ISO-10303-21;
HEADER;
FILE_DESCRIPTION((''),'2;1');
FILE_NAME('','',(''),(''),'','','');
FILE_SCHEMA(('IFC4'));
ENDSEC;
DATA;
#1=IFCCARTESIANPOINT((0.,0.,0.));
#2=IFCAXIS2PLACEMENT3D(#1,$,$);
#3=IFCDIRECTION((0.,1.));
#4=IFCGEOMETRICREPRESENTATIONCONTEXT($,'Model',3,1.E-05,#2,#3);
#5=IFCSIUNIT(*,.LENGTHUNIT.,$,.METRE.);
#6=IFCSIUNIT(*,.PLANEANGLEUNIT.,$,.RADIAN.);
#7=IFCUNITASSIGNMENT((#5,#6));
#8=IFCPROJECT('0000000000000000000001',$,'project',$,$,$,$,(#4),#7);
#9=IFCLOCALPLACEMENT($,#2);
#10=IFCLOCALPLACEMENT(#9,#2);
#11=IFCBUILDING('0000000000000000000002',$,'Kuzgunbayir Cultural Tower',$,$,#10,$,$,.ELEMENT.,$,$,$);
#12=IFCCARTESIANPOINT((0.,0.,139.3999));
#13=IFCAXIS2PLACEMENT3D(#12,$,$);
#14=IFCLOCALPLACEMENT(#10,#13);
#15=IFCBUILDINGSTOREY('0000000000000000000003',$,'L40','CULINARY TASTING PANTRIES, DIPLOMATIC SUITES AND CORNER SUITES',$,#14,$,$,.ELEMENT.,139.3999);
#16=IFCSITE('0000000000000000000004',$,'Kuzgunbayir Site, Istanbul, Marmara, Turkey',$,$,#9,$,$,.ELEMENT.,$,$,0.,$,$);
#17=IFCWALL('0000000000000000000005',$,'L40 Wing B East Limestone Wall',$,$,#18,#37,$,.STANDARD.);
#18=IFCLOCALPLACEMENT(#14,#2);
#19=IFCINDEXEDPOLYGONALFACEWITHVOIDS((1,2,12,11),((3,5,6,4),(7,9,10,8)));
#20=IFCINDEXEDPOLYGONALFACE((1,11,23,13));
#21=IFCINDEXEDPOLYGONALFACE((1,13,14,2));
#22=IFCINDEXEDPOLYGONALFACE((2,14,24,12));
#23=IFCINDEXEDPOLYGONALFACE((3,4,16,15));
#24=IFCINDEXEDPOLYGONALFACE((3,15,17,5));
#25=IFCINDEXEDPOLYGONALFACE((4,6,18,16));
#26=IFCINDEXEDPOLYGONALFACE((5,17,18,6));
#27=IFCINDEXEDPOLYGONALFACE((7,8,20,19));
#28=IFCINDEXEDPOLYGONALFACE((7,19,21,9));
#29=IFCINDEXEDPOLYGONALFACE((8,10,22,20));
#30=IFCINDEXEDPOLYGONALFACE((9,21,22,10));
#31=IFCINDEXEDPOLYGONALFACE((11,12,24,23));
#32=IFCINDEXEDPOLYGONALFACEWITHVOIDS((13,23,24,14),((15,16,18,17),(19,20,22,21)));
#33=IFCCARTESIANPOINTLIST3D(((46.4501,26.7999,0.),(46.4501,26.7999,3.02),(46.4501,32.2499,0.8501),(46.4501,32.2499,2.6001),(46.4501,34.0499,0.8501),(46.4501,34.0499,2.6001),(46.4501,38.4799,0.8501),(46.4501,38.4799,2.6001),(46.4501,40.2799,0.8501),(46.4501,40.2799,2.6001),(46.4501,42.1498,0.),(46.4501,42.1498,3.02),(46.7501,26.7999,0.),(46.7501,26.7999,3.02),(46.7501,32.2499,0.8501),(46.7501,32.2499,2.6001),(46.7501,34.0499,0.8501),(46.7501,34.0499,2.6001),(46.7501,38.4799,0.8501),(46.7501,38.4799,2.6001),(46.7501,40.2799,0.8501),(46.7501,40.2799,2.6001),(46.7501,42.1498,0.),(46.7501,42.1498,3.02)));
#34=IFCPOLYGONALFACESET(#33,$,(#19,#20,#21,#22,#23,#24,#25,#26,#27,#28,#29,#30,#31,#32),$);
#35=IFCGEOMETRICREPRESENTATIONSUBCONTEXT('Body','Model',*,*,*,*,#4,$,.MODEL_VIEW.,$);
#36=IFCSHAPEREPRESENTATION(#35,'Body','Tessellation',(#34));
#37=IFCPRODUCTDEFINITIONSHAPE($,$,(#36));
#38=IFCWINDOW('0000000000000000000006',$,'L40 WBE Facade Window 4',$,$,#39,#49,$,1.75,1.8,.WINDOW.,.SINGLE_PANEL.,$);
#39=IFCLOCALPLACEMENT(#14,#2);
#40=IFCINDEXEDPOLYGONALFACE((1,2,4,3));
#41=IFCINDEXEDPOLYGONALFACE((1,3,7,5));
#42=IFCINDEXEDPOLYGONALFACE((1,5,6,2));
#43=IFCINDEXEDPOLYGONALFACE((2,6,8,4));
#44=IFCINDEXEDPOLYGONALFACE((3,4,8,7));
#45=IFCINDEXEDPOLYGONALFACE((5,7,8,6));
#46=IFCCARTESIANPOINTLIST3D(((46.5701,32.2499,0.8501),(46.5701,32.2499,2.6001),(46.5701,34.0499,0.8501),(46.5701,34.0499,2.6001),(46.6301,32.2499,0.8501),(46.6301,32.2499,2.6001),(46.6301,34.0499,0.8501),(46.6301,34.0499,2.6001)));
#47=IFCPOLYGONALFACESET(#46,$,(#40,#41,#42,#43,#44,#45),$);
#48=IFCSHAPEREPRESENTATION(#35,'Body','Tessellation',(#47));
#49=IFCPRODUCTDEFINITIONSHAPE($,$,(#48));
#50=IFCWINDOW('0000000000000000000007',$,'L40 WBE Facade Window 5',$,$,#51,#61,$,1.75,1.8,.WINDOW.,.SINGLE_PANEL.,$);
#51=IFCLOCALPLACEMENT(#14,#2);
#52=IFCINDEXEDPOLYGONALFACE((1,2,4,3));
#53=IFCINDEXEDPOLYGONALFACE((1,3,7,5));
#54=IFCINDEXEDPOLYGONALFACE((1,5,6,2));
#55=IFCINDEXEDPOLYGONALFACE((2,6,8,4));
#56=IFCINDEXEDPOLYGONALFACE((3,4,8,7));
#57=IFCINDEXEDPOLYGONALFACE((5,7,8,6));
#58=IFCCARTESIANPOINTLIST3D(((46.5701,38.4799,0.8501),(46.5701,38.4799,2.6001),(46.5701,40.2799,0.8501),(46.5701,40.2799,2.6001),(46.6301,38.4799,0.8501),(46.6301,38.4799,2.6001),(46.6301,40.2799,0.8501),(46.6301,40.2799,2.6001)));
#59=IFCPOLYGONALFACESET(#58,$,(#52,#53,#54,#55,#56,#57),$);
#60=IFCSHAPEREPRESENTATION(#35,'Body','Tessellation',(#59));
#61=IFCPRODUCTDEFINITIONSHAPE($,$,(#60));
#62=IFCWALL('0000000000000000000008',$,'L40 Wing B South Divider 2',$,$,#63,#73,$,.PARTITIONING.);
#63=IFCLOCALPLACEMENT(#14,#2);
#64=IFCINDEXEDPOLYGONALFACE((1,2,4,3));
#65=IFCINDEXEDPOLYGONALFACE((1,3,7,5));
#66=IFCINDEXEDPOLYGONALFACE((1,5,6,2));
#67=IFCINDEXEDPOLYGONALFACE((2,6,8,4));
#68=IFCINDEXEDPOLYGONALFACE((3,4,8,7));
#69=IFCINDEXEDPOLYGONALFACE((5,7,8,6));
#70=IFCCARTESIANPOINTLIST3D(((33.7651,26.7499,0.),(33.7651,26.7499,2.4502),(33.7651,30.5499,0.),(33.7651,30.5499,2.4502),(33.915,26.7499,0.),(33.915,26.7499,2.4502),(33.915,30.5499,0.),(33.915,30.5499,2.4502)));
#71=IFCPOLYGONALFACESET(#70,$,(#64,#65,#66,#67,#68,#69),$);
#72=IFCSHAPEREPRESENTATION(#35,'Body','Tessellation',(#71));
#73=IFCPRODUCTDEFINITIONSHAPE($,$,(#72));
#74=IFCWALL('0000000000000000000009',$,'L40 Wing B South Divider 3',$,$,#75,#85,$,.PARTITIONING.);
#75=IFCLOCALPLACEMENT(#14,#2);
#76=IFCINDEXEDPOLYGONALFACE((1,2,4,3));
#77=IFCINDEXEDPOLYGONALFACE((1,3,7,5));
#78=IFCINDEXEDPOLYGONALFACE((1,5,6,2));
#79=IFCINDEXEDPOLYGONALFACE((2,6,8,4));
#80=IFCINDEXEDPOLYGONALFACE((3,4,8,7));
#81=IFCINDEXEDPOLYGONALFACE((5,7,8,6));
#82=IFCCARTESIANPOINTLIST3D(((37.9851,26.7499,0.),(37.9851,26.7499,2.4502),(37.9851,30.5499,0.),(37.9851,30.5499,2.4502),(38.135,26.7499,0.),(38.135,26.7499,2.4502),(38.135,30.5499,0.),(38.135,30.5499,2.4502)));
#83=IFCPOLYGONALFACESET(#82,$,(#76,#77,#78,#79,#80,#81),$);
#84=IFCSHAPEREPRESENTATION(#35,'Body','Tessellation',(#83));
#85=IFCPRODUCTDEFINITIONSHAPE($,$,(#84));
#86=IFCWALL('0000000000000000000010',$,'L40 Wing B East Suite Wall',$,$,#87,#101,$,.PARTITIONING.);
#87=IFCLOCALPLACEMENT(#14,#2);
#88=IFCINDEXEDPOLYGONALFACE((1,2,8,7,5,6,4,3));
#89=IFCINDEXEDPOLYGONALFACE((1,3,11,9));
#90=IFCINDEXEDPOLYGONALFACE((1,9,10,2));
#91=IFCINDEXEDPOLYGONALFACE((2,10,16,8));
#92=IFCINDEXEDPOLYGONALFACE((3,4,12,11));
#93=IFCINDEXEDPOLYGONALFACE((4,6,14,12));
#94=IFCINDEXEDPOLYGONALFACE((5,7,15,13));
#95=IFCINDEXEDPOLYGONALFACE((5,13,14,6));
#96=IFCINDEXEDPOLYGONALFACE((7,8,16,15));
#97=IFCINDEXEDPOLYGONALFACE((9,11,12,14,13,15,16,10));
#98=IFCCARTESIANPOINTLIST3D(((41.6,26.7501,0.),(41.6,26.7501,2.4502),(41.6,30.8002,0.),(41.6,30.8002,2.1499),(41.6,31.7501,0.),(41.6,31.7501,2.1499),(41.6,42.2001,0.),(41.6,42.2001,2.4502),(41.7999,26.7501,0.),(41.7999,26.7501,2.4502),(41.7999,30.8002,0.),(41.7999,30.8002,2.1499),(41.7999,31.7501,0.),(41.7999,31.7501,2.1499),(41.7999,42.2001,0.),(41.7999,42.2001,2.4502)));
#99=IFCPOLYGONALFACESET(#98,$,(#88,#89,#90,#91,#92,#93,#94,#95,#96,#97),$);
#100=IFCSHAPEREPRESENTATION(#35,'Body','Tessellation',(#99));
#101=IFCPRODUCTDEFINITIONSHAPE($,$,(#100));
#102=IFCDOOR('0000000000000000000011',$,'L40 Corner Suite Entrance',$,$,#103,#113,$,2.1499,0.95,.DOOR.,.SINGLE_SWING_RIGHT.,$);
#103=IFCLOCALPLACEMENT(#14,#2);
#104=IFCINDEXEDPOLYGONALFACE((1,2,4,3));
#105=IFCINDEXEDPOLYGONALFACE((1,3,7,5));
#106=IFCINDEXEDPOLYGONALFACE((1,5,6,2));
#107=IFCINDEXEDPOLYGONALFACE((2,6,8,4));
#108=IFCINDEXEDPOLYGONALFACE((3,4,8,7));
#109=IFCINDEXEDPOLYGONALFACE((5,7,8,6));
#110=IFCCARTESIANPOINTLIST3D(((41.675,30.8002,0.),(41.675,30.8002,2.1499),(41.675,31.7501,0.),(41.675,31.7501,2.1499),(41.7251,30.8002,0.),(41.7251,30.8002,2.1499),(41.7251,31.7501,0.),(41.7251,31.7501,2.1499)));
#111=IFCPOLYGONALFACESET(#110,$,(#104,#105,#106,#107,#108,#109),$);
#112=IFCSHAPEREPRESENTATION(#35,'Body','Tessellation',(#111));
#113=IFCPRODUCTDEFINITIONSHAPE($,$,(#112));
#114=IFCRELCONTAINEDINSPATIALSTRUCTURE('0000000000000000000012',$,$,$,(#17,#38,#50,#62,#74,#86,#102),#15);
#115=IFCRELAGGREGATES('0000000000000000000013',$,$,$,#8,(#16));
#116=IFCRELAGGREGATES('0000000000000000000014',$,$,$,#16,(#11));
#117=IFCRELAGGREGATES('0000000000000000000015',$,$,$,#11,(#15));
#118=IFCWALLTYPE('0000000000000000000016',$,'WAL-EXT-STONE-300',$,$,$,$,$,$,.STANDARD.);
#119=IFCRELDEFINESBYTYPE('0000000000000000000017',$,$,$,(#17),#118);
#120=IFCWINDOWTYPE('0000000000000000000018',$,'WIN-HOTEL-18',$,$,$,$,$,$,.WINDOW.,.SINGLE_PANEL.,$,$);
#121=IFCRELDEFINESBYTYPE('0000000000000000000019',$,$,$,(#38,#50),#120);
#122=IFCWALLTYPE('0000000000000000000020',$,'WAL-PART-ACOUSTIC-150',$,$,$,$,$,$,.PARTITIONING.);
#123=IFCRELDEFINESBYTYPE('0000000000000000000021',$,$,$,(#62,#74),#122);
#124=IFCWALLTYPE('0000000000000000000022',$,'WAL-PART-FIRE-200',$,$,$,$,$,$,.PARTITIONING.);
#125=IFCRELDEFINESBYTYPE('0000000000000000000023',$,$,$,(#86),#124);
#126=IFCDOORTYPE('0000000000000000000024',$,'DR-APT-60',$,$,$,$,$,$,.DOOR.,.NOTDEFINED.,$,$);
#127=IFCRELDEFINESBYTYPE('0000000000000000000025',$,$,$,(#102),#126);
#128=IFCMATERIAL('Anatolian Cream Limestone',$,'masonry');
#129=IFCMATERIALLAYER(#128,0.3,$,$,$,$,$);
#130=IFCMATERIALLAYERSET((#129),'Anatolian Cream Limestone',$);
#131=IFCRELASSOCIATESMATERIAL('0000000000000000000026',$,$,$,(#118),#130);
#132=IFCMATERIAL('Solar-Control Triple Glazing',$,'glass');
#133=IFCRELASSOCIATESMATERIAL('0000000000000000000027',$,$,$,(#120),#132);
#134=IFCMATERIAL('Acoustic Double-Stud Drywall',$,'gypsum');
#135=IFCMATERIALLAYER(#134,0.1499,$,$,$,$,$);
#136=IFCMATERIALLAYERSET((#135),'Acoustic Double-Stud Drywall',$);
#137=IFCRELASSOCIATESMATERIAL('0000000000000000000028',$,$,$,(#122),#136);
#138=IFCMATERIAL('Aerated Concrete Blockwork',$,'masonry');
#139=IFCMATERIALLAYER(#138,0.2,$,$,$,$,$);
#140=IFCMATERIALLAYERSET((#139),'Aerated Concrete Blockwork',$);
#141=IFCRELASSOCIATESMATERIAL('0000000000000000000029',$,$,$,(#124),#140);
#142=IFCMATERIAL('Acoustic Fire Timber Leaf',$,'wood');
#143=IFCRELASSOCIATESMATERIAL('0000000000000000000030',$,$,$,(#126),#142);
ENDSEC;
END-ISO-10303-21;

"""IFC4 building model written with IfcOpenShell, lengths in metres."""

from ifc_helpers import new_model, si_unit, direction, frame, frame_2d, origin, place, context, subcontext, project, spatial, rectangle, extrude, material, layer, layer_set, type_object, element, fill, save


model = new_model("IFC4")

# Units and contexts
model_context = context("Model", 3, precision=1e-05, world=origin(), true_north=direction((0.0, 1.0)))
body_context = subcontext(model_context, "Body", "Model", "MODEL_VIEW")
ifc_project = project(units=[si_unit("LENGTHUNIT", "METRE"), si_unit("PLANEANGLEUNIT", "RADIAN")], contexts=[model_context])

# Site, building, storey
site_placement = place(None, origin())
site = spatial("IfcSite", under=ifc_project, at=site_placement, Name="Kuzgunbayir Site, Istanbul, Marmara, Turkey", CompositionType="ELEMENT", RefElevation=0.0)
building_placement = place(site_placement, origin())
building = spatial("IfcBuilding", under=site, at=building_placement, Name="Kuzgunbayir Cultural Tower", CompositionType="ELEMENT")
storey_placement = place(building_placement, frame((0.0, 0.0, 139.3999)))
storey = spatial("IfcBuildingStorey", under=building, at=storey_placement, Name="L40", Description="CULINARY TASTING PANTRIES, DIPLOMATIC SUITES AND CORNER SUITES", CompositionType="ELEMENT", Elevation=139.3999)

# Wall, openings, windows
ifc_material_1 = material(Name="Anatolian Cream Limestone", Category="masonry")
ifc_layer_1 = layer(ifc_material_1, 0.3)
ifc_layer_set_1 = layer_set([ifc_layer_1], Name="Anatolian Cream Limestone")
wall_type_1 = type_object("IfcWallType", Name="WAL-EXT-STONE-300", PredefinedType="STANDARD", material=ifc_layer_set_1)
wall_1_placement = place(storey_placement, frame((46.6001, 26.8, 0.0), z_axis=(0.0, 0.0, 1.0), x_axis=(0.0, 1.0, 0.0)))
wall_1 = element("IfcWall", 1, at=wall_1_placement, inside=storey, type_object=wall_type_1, Name="L40 Wing B East Limestone Wall", PredefinedType="STANDARD", context=body_context, shape_type="SweptSolid", body=[
    extrude(rectangle(XDim=15.3499, YDim=0.3, at=frame_2d((7.6748, 0.0))), origin(), (0.0, 0.0, 1.0), 3.02),
])
opening_1_placement = place(wall_1_placement, frame((5.45, 0.0, 0.8501)))
opening_1 = element("IfcOpeningElement", 2, at=opening_1_placement, cuts=wall_1, PredefinedType="OPENING", context=body_context, shape_type="SweptSolid", body=[
    extrude(rectangle(XDim=1.8, YDim=1.75, at=frame_2d((0.8999, 0.875))), frame((0.0, 0.1602, 0.0), z_axis=(0.0, -1.0, 0.0), x_axis=(1.0, 0.0, 0.0)), (0.0, 0.0, 1.0), 0.3201),
])
opening_2_placement = place(wall_1_placement, frame((11.6799, 0.0, 0.8501)))
opening_2 = element("IfcOpeningElement", 3, at=opening_2_placement, cuts=wall_1, PredefinedType="OPENING", context=body_context, shape_type="SweptSolid", body=[
    extrude(rectangle(XDim=1.8, YDim=1.75, at=frame_2d((0.8999, 0.875))), frame((0.0, 0.1602, 0.0), z_axis=(0.0, -1.0, 0.0), x_axis=(1.0, 0.0, 0.0)), (0.0, 0.0, 1.0), 0.3201),
])
ifc_material_2 = material(Name="Solar-Control Triple Glazing", Category="glass")
window_type = type_object("IfcWindowType", Name="WIN-HOTEL-18", PartitioningType="SINGLE_PANEL", PredefinedType="WINDOW", material=ifc_material_2)
window_1_placement = place(opening_1_placement, origin())
window_1 = element("IfcWindow", 4, at=window_1_placement, inside=storey, type_object=window_type, Name="L40 WBE Facade Window 4", OverallHeight=1.75, OverallWidth=1.8, PartitioningType="SINGLE_PANEL", PredefinedType="WINDOW", context=body_context, shape_type="SweptSolid", body=[
    extrude(rectangle(XDim=1.8, YDim=1.75, at=frame_2d((0.8999, 0.875))), frame((0.0, 0.03, 0.0), z_axis=(0.0, -1.0, 0.0), x_axis=(1.0, 0.0, 0.0)), (0.0, 0.0, 1.0), 0.0601),
])
fill(opening_1, window_1)
window_2_placement = place(opening_2_placement, origin())
window_2 = element("IfcWindow", 5, at=window_2_placement, inside=storey, type_object=window_type, Name="L40 WBE Facade Window 5", OverallHeight=1.75, OverallWidth=1.8, PartitioningType="SINGLE_PANEL", PredefinedType="WINDOW", context=body_context, shape_type="SweptSolid", body=[
    extrude(rectangle(XDim=1.8, YDim=1.75, at=frame_2d((0.8999, 0.875))), frame((0.0, 0.03, 0.0), z_axis=(0.0, -1.0, 0.0), x_axis=(1.0, 0.0, 0.0)), (0.0, 0.0, 1.0), 0.0601),
])
fill(opening_2, window_2)

# Walls
ifc_material_3 = material(Name="Acoustic Double-Stud Drywall", Category="gypsum")
ifc_layer_2 = layer(ifc_material_3, 0.1499)
ifc_layer_set_2 = layer_set([ifc_layer_2], Name="Acoustic Double-Stud Drywall")
wall_type_2 = type_object("IfcWallType", Name="WAL-PART-ACOUSTIC-150", PredefinedType="PARTITIONING", material=ifc_layer_set_2)
for number, where, z_axis, x_axis, name in (
    (6, (33.8401, 26.75, 0.0), (0.0, 0.0, 1.0), (0.0, 1.0, 0.0), "L40 Wing B South Divider 2"),
    (7, (38.0601, 26.75, 0.0), (0.0, 0.0, 1.0), (0.0, 1.0, 0.0), "L40 Wing B South Divider 3"),
):
    element("IfcWall", number, at=place(storey_placement, frame(where, z_axis=z_axis, x_axis=x_axis)), inside=storey, type_object=wall_type_2, Name=name, PredefinedType="PARTITIONING", context=body_context, shape_type="SweptSolid", body=[
        extrude(rectangle(XDim=3.8, YDim=0.1499, at=frame_2d((1.8999, 0.0))), origin(), (0.0, 0.0, 1.0), 2.4502),
    ])

# Wall, opening, door
ifc_material_4 = material(Name="Aerated Concrete Blockwork", Category="masonry")
ifc_layer_3 = layer(ifc_material_4, 0.2)
ifc_layer_set_3 = layer_set([ifc_layer_3], Name="Aerated Concrete Blockwork")
wall_type_3 = type_object("IfcWallType", Name="WAL-PART-FIRE-200", PredefinedType="PARTITIONING", material=ifc_layer_set_3)
wall_2_placement = place(storey_placement, frame((41.7, 26.75, 0.0), z_axis=(0.0, 0.0, 1.0), x_axis=(0.0, 1.0, 0.0)))
wall_2 = element("IfcWall", 8, at=wall_2_placement, inside=storey, type_object=wall_type_3, Name="L40 Wing B East Suite Wall", PredefinedType="PARTITIONING", context=body_context, shape_type="SweptSolid", body=[
    extrude(rectangle(XDim=15.45, YDim=0.2, at=frame_2d((7.7251, 0.0))), origin(), (0.0, 0.0, 1.0), 2.4502),
])
opening_3_placement = place(wall_2_placement, frame((4.05, 0.0, 0.0)))
opening_3 = element("IfcOpeningElement", 9, at=opening_3_placement, cuts=wall_2, PredefinedType="OPENING", context=body_context, shape_type="SweptSolid", body=[
    extrude(rectangle(XDim=0.95, YDim=2.1499, at=frame_2d((0.4751, 1.075))), frame((0.0, 0.1099, 0.0), z_axis=(0.0, -1.0, 0.0), x_axis=(1.0, 0.0, 0.0)), (0.0, 0.0, 1.0), 0.22),
])
ifc_material_5 = material(Name="Acoustic Fire Timber Leaf", Category="wood")
door_type_1 = type_object("IfcDoorType", Name="DR-APT-60", OperationType="NOTDEFINED", PredefinedType="DOOR", material=ifc_material_5)
door_1_placement = place(opening_3_placement, origin())
door_1 = element("IfcDoor", 10, at=door_1_placement, inside=storey, type_object=door_type_1, Name="L40 Corner Suite Entrance", OperationType="SINGLE_SWING_RIGHT", OverallHeight=2.1499, OverallWidth=0.95, PredefinedType="DOOR", context=body_context, shape_type="SweptSolid", body=[
    extrude(rectangle(XDim=0.95, YDim=2.1499, at=frame_2d((0.4751, 1.075))), frame((0.0, 0.0249, 0.0), z_axis=(0.0, -1.0, 0.0), x_axis=(1.0, 0.0, 0.0)), (0.0, 0.0, 1.0), 0.05),
])
fill(opening_3, door_1)

save(model, "model.ifc")
